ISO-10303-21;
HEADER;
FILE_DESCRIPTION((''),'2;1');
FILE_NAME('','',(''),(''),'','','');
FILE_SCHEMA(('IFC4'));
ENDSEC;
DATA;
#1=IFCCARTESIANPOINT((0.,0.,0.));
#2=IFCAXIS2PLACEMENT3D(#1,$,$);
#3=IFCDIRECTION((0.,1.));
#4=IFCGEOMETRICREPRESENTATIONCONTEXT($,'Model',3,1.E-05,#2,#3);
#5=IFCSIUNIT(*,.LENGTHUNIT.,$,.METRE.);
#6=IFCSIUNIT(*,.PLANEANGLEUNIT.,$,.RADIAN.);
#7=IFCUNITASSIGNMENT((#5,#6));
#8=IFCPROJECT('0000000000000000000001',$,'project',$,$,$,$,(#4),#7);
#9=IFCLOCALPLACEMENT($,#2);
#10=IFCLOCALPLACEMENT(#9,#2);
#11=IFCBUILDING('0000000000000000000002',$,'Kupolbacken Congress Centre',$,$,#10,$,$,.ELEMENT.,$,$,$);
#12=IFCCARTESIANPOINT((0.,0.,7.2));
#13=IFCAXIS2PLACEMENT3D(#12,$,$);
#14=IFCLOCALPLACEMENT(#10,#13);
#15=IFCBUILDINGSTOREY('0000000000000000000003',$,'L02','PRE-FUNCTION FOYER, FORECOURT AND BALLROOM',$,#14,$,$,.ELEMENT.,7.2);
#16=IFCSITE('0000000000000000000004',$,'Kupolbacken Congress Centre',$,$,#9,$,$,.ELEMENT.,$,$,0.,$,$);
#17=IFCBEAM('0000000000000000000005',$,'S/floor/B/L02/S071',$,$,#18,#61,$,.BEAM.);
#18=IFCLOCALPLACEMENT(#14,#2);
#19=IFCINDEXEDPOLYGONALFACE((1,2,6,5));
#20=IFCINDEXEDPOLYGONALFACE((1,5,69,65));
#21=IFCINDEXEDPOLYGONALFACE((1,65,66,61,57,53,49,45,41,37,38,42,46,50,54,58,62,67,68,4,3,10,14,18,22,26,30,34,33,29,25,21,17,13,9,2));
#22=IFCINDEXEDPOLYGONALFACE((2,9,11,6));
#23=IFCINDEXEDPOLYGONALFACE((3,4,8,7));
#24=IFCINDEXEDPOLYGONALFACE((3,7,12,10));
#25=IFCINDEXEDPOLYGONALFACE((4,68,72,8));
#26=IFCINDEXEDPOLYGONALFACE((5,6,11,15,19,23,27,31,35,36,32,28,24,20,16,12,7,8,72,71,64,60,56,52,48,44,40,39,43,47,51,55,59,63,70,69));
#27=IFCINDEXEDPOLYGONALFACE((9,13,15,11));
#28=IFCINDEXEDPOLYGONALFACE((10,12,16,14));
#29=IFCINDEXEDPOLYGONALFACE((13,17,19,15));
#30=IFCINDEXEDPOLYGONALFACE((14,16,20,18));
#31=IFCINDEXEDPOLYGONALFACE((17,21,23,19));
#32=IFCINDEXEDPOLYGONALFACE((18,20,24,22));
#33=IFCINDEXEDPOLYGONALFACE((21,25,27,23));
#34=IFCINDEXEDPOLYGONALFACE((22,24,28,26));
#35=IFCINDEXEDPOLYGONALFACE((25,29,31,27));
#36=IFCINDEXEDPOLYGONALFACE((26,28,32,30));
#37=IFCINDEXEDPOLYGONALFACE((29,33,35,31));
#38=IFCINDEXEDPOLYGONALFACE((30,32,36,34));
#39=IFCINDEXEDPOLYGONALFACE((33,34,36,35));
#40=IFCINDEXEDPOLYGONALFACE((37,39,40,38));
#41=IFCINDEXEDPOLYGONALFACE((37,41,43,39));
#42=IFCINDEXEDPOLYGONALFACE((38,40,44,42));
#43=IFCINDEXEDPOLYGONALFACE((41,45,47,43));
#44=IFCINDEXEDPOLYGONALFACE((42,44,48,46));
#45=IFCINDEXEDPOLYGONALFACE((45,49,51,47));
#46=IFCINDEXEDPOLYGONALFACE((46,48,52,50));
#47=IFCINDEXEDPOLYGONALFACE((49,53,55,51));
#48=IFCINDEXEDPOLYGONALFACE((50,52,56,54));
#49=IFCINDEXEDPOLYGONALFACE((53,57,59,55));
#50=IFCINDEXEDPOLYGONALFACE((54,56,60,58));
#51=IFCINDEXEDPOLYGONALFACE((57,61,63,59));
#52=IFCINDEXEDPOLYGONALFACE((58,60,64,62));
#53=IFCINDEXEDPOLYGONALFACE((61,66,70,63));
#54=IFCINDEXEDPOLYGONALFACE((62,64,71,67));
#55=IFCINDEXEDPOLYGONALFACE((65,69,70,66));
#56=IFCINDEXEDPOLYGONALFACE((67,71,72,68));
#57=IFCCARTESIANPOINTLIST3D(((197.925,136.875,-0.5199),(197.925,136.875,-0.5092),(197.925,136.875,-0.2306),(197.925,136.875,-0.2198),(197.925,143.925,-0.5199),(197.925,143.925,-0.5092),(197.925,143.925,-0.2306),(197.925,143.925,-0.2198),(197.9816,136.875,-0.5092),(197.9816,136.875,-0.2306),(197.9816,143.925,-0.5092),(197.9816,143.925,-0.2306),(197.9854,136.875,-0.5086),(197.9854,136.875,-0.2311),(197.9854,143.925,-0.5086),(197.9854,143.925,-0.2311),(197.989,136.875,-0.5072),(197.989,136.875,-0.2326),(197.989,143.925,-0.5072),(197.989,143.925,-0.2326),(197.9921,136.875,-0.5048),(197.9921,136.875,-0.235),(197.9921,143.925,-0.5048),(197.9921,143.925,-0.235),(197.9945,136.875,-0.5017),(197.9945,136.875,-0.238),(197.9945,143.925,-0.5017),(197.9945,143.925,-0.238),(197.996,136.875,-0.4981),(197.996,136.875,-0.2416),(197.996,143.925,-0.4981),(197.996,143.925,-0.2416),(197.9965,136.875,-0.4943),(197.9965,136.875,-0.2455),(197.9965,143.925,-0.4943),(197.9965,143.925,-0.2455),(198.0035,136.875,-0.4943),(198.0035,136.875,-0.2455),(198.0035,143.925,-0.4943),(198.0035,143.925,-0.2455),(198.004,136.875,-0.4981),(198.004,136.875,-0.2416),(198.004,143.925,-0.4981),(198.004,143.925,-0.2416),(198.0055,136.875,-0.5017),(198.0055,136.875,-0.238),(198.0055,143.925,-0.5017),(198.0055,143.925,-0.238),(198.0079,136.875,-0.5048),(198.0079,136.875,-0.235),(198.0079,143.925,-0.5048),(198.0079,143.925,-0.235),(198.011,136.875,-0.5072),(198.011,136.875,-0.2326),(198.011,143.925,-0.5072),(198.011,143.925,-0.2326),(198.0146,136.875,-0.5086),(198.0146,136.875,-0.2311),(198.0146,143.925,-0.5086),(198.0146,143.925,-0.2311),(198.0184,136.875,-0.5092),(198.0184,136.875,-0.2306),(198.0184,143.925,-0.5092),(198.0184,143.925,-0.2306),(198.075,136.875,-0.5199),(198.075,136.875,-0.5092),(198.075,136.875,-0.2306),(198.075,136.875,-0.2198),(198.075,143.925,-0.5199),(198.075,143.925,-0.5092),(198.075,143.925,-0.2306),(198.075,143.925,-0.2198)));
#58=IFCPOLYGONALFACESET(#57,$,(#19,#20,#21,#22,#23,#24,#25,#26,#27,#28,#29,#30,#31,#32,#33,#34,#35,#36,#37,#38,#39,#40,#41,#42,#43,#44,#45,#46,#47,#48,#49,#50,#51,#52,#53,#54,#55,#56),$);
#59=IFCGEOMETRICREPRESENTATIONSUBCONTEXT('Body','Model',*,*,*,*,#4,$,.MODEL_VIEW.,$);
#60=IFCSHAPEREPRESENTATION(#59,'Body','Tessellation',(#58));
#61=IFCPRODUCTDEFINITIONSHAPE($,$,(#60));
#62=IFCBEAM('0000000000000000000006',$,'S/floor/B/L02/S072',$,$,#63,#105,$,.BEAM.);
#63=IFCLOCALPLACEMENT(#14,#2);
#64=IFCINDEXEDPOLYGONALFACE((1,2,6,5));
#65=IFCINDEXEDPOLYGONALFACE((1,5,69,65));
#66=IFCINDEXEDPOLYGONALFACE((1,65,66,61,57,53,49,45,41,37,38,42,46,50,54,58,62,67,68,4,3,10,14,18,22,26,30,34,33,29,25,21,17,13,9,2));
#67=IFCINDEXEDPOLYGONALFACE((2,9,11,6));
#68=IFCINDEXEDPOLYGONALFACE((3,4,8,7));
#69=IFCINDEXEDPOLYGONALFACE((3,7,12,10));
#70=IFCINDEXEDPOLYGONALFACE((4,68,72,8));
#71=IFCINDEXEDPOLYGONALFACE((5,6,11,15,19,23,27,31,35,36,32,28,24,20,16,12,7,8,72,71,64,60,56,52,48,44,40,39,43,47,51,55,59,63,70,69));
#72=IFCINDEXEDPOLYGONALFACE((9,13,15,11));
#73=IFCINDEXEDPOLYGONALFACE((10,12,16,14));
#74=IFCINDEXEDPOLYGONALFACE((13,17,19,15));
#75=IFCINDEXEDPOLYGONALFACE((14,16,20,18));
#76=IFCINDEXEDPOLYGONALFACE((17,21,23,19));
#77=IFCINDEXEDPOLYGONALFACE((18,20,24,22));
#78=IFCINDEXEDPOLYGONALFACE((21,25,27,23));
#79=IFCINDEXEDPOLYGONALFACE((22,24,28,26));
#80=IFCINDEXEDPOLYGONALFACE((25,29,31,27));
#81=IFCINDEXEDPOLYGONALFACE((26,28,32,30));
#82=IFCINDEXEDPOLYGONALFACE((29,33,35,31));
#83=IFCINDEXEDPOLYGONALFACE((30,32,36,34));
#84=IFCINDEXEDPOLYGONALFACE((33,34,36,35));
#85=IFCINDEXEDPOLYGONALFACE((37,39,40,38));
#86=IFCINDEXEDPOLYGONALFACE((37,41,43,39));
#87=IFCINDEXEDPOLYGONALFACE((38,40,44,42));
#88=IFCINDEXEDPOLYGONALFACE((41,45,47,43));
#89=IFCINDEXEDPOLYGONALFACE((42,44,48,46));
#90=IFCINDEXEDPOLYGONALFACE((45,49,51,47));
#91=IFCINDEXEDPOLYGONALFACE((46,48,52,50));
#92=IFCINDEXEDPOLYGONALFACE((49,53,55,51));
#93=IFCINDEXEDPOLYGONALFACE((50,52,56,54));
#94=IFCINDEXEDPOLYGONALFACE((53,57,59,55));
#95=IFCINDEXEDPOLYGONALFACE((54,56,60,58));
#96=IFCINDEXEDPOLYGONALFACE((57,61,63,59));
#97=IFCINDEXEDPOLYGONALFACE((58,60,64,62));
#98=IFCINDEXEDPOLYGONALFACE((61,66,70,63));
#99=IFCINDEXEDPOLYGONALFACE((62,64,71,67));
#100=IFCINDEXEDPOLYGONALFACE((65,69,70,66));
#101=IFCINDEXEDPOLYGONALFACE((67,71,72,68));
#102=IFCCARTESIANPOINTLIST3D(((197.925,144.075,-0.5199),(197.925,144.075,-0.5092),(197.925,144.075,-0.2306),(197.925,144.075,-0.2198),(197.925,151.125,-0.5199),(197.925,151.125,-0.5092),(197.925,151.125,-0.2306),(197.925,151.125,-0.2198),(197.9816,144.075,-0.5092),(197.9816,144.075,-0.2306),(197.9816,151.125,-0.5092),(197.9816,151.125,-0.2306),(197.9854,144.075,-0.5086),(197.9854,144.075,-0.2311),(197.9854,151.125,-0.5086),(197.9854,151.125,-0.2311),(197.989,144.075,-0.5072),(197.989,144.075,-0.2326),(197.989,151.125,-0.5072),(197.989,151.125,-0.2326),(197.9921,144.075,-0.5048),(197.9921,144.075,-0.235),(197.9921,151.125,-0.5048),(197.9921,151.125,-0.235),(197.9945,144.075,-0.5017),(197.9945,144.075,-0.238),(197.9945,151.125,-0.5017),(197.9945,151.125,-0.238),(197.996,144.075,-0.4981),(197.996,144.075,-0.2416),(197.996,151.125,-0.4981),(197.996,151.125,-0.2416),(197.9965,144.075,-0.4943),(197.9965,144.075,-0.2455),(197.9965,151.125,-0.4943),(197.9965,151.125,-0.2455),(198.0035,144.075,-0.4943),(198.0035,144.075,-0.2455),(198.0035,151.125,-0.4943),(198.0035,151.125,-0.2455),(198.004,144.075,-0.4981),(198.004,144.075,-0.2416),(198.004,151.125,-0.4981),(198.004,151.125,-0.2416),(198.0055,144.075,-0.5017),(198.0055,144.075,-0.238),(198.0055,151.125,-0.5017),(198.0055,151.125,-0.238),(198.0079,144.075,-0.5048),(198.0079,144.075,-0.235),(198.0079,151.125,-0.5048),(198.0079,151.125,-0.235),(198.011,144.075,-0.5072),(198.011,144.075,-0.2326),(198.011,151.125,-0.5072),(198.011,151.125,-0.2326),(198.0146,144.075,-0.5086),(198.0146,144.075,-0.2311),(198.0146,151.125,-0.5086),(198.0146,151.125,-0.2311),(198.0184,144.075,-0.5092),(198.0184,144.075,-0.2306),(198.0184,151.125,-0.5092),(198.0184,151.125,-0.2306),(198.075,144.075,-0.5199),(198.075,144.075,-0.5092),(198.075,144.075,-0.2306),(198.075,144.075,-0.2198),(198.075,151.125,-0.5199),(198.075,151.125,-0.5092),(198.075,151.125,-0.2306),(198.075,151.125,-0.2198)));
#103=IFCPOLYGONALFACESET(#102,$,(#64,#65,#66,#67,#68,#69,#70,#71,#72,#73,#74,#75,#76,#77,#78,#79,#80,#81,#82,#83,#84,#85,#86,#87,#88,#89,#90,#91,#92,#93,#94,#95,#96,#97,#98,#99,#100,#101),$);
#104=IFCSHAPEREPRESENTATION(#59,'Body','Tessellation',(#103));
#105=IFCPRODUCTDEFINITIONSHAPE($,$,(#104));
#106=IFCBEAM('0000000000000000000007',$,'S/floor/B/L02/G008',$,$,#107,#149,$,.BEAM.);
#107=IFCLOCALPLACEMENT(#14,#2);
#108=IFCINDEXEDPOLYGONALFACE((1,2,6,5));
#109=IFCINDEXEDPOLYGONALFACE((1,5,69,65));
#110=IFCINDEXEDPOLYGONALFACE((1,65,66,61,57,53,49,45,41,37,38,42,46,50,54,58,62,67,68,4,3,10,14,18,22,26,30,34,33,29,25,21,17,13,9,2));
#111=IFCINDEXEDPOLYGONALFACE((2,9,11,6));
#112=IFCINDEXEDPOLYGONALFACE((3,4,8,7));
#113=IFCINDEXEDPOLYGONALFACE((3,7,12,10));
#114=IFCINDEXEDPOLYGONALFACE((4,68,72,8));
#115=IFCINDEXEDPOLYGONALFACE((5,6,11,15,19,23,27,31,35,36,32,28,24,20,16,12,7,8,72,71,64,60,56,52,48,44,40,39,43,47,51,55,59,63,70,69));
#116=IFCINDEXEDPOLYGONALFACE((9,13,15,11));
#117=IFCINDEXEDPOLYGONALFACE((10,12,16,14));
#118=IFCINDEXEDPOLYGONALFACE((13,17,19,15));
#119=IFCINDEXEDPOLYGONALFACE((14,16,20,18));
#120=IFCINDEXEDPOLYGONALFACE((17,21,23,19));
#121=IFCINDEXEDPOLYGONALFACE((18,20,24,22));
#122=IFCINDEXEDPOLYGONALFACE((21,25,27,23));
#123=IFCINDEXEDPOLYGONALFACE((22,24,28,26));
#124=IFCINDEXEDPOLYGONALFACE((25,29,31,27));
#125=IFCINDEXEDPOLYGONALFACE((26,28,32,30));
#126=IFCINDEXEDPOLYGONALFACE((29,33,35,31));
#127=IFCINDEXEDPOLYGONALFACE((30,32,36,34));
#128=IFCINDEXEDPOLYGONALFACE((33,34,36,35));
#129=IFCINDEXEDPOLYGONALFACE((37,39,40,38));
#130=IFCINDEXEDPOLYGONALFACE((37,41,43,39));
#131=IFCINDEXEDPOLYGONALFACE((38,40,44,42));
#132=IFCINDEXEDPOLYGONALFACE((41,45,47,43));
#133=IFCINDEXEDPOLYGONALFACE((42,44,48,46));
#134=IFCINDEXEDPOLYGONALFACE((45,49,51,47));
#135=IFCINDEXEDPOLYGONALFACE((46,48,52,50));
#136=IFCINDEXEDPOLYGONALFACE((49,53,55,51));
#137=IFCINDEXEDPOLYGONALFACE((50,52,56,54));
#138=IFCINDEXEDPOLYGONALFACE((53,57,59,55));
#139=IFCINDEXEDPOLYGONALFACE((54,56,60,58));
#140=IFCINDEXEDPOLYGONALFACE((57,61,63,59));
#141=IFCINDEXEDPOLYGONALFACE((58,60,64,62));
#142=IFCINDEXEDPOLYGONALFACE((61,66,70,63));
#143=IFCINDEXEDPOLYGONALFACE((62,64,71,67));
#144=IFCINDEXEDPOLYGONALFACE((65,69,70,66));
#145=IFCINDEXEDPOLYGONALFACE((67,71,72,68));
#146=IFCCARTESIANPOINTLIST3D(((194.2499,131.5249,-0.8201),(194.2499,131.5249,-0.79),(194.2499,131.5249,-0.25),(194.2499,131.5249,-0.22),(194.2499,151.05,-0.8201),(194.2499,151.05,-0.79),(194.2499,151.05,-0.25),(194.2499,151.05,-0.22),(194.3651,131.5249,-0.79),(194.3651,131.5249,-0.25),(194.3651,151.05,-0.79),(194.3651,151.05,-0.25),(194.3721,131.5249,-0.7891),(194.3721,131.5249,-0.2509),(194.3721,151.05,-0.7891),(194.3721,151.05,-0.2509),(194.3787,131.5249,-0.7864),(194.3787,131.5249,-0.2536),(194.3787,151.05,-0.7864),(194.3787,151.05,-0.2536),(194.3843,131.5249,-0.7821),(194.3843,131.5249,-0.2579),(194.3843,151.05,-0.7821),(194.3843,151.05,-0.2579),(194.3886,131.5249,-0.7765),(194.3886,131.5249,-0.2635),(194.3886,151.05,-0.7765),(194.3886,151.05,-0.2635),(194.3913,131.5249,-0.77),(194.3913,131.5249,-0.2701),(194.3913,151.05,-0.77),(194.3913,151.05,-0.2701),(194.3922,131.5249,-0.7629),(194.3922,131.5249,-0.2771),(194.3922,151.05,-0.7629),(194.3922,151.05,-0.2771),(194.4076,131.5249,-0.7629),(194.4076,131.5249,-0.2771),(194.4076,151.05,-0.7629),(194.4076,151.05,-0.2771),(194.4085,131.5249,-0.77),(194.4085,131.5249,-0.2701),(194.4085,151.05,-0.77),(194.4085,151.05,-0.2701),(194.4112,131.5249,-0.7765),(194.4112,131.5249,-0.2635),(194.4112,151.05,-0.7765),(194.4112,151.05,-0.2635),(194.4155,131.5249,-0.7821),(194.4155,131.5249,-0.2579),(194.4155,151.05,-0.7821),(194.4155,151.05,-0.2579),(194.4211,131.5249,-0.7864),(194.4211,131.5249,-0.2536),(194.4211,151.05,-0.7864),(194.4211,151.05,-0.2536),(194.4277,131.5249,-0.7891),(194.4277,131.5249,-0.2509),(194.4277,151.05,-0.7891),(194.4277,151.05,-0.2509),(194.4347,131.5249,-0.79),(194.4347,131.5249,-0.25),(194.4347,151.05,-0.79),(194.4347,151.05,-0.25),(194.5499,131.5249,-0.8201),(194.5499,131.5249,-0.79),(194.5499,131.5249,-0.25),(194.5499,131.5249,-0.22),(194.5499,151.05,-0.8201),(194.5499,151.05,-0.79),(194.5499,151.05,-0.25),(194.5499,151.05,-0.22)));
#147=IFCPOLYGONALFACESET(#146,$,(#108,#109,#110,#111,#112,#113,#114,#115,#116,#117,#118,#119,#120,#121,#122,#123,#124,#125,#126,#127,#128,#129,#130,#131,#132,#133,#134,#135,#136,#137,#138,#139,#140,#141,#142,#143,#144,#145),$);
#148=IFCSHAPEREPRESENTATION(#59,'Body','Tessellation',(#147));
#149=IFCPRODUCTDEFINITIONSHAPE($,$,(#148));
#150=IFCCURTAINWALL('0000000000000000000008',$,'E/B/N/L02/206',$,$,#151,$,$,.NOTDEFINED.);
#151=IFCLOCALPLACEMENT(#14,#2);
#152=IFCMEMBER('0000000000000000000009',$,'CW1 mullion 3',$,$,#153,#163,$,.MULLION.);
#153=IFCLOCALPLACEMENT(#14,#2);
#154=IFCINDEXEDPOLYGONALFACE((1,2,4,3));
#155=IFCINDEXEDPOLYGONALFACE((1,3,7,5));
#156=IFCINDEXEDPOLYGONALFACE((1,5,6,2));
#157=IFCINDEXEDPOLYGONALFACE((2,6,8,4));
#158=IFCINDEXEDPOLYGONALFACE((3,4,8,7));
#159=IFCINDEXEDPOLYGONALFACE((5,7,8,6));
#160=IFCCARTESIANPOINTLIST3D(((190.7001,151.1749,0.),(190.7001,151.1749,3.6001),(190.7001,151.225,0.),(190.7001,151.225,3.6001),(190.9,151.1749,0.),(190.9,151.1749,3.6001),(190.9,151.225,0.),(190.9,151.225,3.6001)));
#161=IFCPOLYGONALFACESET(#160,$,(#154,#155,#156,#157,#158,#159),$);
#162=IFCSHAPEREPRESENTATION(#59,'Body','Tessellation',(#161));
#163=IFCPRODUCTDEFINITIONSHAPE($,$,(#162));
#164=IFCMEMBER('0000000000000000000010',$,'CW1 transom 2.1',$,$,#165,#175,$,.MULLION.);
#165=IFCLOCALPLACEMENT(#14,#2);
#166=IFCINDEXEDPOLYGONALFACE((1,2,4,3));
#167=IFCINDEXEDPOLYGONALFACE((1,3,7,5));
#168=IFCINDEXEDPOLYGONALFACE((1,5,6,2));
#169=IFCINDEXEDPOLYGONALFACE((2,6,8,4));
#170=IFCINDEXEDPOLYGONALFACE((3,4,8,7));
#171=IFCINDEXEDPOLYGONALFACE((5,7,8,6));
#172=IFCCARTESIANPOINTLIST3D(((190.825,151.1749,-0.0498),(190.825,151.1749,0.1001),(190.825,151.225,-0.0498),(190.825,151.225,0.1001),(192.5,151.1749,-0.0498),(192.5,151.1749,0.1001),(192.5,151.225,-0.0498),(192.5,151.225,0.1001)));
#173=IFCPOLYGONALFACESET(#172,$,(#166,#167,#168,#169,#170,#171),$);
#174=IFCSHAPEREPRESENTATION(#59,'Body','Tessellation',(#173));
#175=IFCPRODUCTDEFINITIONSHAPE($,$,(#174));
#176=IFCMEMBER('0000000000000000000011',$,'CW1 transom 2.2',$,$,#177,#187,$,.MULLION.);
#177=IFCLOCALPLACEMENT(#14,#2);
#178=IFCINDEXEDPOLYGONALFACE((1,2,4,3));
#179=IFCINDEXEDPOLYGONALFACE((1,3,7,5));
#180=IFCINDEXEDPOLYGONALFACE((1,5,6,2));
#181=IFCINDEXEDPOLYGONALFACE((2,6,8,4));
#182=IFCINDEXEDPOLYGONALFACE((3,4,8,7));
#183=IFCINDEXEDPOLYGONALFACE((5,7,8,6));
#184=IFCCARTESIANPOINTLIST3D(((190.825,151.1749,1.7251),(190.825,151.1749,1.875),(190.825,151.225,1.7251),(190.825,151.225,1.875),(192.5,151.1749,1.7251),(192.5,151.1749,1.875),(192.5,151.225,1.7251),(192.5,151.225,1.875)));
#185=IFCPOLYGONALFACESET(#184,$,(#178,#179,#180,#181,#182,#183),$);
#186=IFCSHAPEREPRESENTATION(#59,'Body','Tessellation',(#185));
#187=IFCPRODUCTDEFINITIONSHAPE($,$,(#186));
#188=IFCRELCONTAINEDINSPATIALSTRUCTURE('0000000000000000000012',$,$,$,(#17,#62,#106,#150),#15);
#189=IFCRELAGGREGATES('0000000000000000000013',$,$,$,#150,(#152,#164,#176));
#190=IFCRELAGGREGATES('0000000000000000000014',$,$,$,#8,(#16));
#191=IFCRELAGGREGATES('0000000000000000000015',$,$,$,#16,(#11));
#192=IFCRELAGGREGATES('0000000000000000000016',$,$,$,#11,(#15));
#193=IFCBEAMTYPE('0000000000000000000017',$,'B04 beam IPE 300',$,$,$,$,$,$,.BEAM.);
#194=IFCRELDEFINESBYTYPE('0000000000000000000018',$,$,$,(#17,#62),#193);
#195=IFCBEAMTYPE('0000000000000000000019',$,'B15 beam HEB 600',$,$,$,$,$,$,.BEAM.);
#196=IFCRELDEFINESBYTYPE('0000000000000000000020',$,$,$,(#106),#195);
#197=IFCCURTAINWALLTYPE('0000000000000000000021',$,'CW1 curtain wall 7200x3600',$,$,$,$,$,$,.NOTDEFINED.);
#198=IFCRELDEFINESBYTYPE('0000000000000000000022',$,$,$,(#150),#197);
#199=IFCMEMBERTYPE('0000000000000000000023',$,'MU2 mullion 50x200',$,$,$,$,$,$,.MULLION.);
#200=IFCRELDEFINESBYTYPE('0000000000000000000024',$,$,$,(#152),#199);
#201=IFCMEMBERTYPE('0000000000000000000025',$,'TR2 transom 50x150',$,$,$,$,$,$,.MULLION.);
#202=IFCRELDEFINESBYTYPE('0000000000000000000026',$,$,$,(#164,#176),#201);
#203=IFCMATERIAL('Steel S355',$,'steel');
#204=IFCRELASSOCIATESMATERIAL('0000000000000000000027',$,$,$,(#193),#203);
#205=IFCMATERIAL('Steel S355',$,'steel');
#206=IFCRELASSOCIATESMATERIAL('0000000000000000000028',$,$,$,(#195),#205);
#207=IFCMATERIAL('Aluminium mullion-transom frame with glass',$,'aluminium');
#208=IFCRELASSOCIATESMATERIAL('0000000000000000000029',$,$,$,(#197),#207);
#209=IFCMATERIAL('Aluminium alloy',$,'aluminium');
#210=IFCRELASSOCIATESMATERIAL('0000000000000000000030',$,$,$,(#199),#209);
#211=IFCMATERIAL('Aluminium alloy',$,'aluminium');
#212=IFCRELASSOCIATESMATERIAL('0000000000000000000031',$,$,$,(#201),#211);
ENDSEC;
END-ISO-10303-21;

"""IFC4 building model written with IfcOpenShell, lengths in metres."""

from ifc_helpers import new_model, si_unit, direction, frame, origin, origin_2d, place, context, subcontext, project, spatial, rectangle, i_section, extrude, material, material_profile, profile_set, type_object, element, aggregate, save


model = new_model("IFC4")

# Units and contexts
model_context = context("Model", 3, precision=1e-05, world=origin(), true_north=direction((0.0, 1.0)))
body_context = subcontext(model_context, "Body", "Model", "MODEL_VIEW")
ifc_project = project(units=[si_unit("LENGTHUNIT", "METRE"), si_unit("PLANEANGLEUNIT", "RADIAN")], contexts=[model_context])

# Site, building, storey
site_placement = place(None, origin())
site = spatial("IfcSite", under=ifc_project, at=site_placement, Name="Kupolbacken Congress Centre", CompositionType="ELEMENT", RefElevation=0.0)
building_placement = place(site_placement, origin())
building = spatial("IfcBuilding", under=site, at=building_placement, Name="Kupolbacken Congress Centre", CompositionType="ELEMENT")
storey_placement = place(building_placement, frame((0.0, 0.0, 7.2)))
storey = spatial("IfcBuildingStorey", under=building, at=storey_placement, Name="L02", Description="PRE-FUNCTION FOYER, FORECOURT AND BALLROOM", CompositionType="ELEMENT", Elevation=7.2)

# Beams
ifc_material_1 = material(Name="Steel S355", Category="steel")
ifc_material_profile_1 = material_profile(ifc_material_1, i_section(OverallWidth=0.1499, OverallDepth=0.3, WebThickness=0.0071, FlangeThickness=0.0107, FilletRadius=0.0149, at=origin_2d()), Name="IPE 300")
ifc_profile_set_1 = profile_set([ifc_material_profile_1], Name="Steel S355")
beam_type_1 = type_object("IfcBeamType", Name="B04 beam IPE 300", PredefinedType="BEAM", material=ifc_profile_set_1)
for number, where, z_axis, x_axis, name in (
    (1, (198.0, 136.875, -0.3699), (0.0, 1.0, 0.0), (-1.0, 0.0, 0.0), "S/floor/B/L02/S071"),
    (2, (198.0, 144.075, -0.3699), (0.0, 1.0, 0.0), (-1.0, 0.0, 0.0), "S/floor/B/L02/S072"),
):
    element("IfcBeam", number, at=place(storey_placement, frame(where, z_axis=z_axis, x_axis=x_axis)), inside=storey, type_object=beam_type_1, Name=name, PredefinedType="BEAM", context=body_context, shape_type="SweptSolid", body=[
        extrude(i_section(OverallWidth=0.1499, OverallDepth=0.3, WebThickness=0.0071, FlangeThickness=0.0107, FilletRadius=0.0149, at=origin_2d()), origin(), (0.0, 0.0, 1.0), 7.05),
    ])
ifc_material_2 = material(Name="Steel S355", Category="steel")
ifc_material_profile_2 = material_profile(ifc_material_2, i_section(OverallWidth=0.3, OverallDepth=0.6001, WebThickness=0.0154, FlangeThickness=0.03, FilletRadius=0.0271, at=origin_2d()), Name="HEB 600")
ifc_profile_set_2 = profile_set([ifc_material_profile_2], Name="Steel S355")
beam_type_2 = type_object("IfcBeamType", Name="B15 beam HEB 600", PredefinedType="BEAM", material=ifc_profile_set_2)
beam_placement = place(storey_placement, frame((194.3999, 131.5249, -0.52), z_axis=(0.0, 1.0, 0.0), x_axis=(-1.0, 0.0, 0.0)))
element("IfcBeam", 3, at=beam_placement, inside=storey, type_object=beam_type_2, Name="S/floor/B/L02/G008", PredefinedType="BEAM", context=body_context, shape_type="SweptSolid", body=[
    extrude(i_section(OverallWidth=0.3, OverallDepth=0.6001, WebThickness=0.0154, FlangeThickness=0.03, FilletRadius=0.0271, at=origin_2d()), origin(), (0.0, 0.0, 1.0), 19.5251),
])

# Curtain wall, members
ifc_material_3 = material(Name="Aluminium mullion-transom frame with glass", Category="aluminium")
curtain_wall_type = type_object("IfcCurtainWallType", Name="CW1 curtain wall 7200x3600", PredefinedType="NOTDEFINED", material=ifc_material_3)
curtain_wall_placement = place(storey_placement, origin())
curtain_wall = element("IfcCurtainWall", 4, at=curtain_wall_placement, inside=storey, type_object=curtain_wall_type, Name="E/B/N/L02/206", PredefinedType="NOTDEFINED")
ifc_material_4 = material(Name="Aluminium alloy", Category="aluminium")
ifc_material_profile_3 = material_profile(ifc_material_4, rectangle(XDim=0.05, YDim=0.2, at=origin_2d()), Name="50 x 200")
ifc_profile_set_3 = profile_set([ifc_material_profile_3], Name="Aluminium alloy")
member_type_1 = type_object("IfcMemberType", Name="MU2 mullion 50x200", PredefinedType="MULLION", material=ifc_profile_set_3)
member_1_placement = place(storey_placement, frame((190.8, 151.2, 0.0), z_axis=(0.0, 0.0, 1.0), x_axis=(0.0, -1.0, 0.0)))
member_1 = element("IfcMember", 5, at=member_1_placement, type_object=member_type_1, Name="CW1 mullion 3", PredefinedType="MULLION", context=body_context, shape_type="SweptSolid", body=[
    extrude(rectangle(XDim=0.05, YDim=0.2, at=origin_2d()), origin(), (0.0, 0.0, 1.0), 3.6001),
])
ifc_material_5 = material(Name="Aluminium alloy", Category="aluminium")
ifc_material_profile_4 = material_profile(ifc_material_5, rectangle(XDim=0.05, YDim=0.1499, at=origin_2d()), Name="50 x 150")
ifc_profile_set_4 = profile_set([ifc_material_profile_4], Name="Aluminium alloy")
member_type_2 = type_object("IfcMemberType", Name="TR2 transom 50x150", PredefinedType="MULLION", material=ifc_profile_set_4)
member_2_placement = place(storey_placement, frame((192.5, 151.2, 0.0251), z_axis=(-1.0, 0.0, 0.0), x_axis=(0.0, -1.0, 0.0)))
member_2 = element("IfcMember", 6, at=member_2_placement, type_object=member_type_2, Name="CW1 transom 2.1", PredefinedType="MULLION", context=body_context, shape_type="SweptSolid", body=[
    extrude(rectangle(XDim=0.05, YDim=0.1499, at=origin_2d()), origin(), (0.0, 0.0, 1.0), 1.675),
])
member_3_placement = place(storey_placement, frame((192.5, 151.2, 1.8), z_axis=(-1.0, 0.0, 0.0), x_axis=(0.0, -1.0, 0.0)))
member_3 = element("IfcMember", 7, at=member_3_placement, type_object=member_type_2, Name="CW1 transom 2.2", PredefinedType="MULLION", context=body_context, shape_type="SweptSolid", body=[
    extrude(rectangle(XDim=0.05, YDim=0.1499, at=origin_2d()), origin(), (0.0, 0.0, 1.0), 1.675),
])
aggregate(curtain_wall, [member_1, member_2, member_3])

save(model, "model.ifc")
